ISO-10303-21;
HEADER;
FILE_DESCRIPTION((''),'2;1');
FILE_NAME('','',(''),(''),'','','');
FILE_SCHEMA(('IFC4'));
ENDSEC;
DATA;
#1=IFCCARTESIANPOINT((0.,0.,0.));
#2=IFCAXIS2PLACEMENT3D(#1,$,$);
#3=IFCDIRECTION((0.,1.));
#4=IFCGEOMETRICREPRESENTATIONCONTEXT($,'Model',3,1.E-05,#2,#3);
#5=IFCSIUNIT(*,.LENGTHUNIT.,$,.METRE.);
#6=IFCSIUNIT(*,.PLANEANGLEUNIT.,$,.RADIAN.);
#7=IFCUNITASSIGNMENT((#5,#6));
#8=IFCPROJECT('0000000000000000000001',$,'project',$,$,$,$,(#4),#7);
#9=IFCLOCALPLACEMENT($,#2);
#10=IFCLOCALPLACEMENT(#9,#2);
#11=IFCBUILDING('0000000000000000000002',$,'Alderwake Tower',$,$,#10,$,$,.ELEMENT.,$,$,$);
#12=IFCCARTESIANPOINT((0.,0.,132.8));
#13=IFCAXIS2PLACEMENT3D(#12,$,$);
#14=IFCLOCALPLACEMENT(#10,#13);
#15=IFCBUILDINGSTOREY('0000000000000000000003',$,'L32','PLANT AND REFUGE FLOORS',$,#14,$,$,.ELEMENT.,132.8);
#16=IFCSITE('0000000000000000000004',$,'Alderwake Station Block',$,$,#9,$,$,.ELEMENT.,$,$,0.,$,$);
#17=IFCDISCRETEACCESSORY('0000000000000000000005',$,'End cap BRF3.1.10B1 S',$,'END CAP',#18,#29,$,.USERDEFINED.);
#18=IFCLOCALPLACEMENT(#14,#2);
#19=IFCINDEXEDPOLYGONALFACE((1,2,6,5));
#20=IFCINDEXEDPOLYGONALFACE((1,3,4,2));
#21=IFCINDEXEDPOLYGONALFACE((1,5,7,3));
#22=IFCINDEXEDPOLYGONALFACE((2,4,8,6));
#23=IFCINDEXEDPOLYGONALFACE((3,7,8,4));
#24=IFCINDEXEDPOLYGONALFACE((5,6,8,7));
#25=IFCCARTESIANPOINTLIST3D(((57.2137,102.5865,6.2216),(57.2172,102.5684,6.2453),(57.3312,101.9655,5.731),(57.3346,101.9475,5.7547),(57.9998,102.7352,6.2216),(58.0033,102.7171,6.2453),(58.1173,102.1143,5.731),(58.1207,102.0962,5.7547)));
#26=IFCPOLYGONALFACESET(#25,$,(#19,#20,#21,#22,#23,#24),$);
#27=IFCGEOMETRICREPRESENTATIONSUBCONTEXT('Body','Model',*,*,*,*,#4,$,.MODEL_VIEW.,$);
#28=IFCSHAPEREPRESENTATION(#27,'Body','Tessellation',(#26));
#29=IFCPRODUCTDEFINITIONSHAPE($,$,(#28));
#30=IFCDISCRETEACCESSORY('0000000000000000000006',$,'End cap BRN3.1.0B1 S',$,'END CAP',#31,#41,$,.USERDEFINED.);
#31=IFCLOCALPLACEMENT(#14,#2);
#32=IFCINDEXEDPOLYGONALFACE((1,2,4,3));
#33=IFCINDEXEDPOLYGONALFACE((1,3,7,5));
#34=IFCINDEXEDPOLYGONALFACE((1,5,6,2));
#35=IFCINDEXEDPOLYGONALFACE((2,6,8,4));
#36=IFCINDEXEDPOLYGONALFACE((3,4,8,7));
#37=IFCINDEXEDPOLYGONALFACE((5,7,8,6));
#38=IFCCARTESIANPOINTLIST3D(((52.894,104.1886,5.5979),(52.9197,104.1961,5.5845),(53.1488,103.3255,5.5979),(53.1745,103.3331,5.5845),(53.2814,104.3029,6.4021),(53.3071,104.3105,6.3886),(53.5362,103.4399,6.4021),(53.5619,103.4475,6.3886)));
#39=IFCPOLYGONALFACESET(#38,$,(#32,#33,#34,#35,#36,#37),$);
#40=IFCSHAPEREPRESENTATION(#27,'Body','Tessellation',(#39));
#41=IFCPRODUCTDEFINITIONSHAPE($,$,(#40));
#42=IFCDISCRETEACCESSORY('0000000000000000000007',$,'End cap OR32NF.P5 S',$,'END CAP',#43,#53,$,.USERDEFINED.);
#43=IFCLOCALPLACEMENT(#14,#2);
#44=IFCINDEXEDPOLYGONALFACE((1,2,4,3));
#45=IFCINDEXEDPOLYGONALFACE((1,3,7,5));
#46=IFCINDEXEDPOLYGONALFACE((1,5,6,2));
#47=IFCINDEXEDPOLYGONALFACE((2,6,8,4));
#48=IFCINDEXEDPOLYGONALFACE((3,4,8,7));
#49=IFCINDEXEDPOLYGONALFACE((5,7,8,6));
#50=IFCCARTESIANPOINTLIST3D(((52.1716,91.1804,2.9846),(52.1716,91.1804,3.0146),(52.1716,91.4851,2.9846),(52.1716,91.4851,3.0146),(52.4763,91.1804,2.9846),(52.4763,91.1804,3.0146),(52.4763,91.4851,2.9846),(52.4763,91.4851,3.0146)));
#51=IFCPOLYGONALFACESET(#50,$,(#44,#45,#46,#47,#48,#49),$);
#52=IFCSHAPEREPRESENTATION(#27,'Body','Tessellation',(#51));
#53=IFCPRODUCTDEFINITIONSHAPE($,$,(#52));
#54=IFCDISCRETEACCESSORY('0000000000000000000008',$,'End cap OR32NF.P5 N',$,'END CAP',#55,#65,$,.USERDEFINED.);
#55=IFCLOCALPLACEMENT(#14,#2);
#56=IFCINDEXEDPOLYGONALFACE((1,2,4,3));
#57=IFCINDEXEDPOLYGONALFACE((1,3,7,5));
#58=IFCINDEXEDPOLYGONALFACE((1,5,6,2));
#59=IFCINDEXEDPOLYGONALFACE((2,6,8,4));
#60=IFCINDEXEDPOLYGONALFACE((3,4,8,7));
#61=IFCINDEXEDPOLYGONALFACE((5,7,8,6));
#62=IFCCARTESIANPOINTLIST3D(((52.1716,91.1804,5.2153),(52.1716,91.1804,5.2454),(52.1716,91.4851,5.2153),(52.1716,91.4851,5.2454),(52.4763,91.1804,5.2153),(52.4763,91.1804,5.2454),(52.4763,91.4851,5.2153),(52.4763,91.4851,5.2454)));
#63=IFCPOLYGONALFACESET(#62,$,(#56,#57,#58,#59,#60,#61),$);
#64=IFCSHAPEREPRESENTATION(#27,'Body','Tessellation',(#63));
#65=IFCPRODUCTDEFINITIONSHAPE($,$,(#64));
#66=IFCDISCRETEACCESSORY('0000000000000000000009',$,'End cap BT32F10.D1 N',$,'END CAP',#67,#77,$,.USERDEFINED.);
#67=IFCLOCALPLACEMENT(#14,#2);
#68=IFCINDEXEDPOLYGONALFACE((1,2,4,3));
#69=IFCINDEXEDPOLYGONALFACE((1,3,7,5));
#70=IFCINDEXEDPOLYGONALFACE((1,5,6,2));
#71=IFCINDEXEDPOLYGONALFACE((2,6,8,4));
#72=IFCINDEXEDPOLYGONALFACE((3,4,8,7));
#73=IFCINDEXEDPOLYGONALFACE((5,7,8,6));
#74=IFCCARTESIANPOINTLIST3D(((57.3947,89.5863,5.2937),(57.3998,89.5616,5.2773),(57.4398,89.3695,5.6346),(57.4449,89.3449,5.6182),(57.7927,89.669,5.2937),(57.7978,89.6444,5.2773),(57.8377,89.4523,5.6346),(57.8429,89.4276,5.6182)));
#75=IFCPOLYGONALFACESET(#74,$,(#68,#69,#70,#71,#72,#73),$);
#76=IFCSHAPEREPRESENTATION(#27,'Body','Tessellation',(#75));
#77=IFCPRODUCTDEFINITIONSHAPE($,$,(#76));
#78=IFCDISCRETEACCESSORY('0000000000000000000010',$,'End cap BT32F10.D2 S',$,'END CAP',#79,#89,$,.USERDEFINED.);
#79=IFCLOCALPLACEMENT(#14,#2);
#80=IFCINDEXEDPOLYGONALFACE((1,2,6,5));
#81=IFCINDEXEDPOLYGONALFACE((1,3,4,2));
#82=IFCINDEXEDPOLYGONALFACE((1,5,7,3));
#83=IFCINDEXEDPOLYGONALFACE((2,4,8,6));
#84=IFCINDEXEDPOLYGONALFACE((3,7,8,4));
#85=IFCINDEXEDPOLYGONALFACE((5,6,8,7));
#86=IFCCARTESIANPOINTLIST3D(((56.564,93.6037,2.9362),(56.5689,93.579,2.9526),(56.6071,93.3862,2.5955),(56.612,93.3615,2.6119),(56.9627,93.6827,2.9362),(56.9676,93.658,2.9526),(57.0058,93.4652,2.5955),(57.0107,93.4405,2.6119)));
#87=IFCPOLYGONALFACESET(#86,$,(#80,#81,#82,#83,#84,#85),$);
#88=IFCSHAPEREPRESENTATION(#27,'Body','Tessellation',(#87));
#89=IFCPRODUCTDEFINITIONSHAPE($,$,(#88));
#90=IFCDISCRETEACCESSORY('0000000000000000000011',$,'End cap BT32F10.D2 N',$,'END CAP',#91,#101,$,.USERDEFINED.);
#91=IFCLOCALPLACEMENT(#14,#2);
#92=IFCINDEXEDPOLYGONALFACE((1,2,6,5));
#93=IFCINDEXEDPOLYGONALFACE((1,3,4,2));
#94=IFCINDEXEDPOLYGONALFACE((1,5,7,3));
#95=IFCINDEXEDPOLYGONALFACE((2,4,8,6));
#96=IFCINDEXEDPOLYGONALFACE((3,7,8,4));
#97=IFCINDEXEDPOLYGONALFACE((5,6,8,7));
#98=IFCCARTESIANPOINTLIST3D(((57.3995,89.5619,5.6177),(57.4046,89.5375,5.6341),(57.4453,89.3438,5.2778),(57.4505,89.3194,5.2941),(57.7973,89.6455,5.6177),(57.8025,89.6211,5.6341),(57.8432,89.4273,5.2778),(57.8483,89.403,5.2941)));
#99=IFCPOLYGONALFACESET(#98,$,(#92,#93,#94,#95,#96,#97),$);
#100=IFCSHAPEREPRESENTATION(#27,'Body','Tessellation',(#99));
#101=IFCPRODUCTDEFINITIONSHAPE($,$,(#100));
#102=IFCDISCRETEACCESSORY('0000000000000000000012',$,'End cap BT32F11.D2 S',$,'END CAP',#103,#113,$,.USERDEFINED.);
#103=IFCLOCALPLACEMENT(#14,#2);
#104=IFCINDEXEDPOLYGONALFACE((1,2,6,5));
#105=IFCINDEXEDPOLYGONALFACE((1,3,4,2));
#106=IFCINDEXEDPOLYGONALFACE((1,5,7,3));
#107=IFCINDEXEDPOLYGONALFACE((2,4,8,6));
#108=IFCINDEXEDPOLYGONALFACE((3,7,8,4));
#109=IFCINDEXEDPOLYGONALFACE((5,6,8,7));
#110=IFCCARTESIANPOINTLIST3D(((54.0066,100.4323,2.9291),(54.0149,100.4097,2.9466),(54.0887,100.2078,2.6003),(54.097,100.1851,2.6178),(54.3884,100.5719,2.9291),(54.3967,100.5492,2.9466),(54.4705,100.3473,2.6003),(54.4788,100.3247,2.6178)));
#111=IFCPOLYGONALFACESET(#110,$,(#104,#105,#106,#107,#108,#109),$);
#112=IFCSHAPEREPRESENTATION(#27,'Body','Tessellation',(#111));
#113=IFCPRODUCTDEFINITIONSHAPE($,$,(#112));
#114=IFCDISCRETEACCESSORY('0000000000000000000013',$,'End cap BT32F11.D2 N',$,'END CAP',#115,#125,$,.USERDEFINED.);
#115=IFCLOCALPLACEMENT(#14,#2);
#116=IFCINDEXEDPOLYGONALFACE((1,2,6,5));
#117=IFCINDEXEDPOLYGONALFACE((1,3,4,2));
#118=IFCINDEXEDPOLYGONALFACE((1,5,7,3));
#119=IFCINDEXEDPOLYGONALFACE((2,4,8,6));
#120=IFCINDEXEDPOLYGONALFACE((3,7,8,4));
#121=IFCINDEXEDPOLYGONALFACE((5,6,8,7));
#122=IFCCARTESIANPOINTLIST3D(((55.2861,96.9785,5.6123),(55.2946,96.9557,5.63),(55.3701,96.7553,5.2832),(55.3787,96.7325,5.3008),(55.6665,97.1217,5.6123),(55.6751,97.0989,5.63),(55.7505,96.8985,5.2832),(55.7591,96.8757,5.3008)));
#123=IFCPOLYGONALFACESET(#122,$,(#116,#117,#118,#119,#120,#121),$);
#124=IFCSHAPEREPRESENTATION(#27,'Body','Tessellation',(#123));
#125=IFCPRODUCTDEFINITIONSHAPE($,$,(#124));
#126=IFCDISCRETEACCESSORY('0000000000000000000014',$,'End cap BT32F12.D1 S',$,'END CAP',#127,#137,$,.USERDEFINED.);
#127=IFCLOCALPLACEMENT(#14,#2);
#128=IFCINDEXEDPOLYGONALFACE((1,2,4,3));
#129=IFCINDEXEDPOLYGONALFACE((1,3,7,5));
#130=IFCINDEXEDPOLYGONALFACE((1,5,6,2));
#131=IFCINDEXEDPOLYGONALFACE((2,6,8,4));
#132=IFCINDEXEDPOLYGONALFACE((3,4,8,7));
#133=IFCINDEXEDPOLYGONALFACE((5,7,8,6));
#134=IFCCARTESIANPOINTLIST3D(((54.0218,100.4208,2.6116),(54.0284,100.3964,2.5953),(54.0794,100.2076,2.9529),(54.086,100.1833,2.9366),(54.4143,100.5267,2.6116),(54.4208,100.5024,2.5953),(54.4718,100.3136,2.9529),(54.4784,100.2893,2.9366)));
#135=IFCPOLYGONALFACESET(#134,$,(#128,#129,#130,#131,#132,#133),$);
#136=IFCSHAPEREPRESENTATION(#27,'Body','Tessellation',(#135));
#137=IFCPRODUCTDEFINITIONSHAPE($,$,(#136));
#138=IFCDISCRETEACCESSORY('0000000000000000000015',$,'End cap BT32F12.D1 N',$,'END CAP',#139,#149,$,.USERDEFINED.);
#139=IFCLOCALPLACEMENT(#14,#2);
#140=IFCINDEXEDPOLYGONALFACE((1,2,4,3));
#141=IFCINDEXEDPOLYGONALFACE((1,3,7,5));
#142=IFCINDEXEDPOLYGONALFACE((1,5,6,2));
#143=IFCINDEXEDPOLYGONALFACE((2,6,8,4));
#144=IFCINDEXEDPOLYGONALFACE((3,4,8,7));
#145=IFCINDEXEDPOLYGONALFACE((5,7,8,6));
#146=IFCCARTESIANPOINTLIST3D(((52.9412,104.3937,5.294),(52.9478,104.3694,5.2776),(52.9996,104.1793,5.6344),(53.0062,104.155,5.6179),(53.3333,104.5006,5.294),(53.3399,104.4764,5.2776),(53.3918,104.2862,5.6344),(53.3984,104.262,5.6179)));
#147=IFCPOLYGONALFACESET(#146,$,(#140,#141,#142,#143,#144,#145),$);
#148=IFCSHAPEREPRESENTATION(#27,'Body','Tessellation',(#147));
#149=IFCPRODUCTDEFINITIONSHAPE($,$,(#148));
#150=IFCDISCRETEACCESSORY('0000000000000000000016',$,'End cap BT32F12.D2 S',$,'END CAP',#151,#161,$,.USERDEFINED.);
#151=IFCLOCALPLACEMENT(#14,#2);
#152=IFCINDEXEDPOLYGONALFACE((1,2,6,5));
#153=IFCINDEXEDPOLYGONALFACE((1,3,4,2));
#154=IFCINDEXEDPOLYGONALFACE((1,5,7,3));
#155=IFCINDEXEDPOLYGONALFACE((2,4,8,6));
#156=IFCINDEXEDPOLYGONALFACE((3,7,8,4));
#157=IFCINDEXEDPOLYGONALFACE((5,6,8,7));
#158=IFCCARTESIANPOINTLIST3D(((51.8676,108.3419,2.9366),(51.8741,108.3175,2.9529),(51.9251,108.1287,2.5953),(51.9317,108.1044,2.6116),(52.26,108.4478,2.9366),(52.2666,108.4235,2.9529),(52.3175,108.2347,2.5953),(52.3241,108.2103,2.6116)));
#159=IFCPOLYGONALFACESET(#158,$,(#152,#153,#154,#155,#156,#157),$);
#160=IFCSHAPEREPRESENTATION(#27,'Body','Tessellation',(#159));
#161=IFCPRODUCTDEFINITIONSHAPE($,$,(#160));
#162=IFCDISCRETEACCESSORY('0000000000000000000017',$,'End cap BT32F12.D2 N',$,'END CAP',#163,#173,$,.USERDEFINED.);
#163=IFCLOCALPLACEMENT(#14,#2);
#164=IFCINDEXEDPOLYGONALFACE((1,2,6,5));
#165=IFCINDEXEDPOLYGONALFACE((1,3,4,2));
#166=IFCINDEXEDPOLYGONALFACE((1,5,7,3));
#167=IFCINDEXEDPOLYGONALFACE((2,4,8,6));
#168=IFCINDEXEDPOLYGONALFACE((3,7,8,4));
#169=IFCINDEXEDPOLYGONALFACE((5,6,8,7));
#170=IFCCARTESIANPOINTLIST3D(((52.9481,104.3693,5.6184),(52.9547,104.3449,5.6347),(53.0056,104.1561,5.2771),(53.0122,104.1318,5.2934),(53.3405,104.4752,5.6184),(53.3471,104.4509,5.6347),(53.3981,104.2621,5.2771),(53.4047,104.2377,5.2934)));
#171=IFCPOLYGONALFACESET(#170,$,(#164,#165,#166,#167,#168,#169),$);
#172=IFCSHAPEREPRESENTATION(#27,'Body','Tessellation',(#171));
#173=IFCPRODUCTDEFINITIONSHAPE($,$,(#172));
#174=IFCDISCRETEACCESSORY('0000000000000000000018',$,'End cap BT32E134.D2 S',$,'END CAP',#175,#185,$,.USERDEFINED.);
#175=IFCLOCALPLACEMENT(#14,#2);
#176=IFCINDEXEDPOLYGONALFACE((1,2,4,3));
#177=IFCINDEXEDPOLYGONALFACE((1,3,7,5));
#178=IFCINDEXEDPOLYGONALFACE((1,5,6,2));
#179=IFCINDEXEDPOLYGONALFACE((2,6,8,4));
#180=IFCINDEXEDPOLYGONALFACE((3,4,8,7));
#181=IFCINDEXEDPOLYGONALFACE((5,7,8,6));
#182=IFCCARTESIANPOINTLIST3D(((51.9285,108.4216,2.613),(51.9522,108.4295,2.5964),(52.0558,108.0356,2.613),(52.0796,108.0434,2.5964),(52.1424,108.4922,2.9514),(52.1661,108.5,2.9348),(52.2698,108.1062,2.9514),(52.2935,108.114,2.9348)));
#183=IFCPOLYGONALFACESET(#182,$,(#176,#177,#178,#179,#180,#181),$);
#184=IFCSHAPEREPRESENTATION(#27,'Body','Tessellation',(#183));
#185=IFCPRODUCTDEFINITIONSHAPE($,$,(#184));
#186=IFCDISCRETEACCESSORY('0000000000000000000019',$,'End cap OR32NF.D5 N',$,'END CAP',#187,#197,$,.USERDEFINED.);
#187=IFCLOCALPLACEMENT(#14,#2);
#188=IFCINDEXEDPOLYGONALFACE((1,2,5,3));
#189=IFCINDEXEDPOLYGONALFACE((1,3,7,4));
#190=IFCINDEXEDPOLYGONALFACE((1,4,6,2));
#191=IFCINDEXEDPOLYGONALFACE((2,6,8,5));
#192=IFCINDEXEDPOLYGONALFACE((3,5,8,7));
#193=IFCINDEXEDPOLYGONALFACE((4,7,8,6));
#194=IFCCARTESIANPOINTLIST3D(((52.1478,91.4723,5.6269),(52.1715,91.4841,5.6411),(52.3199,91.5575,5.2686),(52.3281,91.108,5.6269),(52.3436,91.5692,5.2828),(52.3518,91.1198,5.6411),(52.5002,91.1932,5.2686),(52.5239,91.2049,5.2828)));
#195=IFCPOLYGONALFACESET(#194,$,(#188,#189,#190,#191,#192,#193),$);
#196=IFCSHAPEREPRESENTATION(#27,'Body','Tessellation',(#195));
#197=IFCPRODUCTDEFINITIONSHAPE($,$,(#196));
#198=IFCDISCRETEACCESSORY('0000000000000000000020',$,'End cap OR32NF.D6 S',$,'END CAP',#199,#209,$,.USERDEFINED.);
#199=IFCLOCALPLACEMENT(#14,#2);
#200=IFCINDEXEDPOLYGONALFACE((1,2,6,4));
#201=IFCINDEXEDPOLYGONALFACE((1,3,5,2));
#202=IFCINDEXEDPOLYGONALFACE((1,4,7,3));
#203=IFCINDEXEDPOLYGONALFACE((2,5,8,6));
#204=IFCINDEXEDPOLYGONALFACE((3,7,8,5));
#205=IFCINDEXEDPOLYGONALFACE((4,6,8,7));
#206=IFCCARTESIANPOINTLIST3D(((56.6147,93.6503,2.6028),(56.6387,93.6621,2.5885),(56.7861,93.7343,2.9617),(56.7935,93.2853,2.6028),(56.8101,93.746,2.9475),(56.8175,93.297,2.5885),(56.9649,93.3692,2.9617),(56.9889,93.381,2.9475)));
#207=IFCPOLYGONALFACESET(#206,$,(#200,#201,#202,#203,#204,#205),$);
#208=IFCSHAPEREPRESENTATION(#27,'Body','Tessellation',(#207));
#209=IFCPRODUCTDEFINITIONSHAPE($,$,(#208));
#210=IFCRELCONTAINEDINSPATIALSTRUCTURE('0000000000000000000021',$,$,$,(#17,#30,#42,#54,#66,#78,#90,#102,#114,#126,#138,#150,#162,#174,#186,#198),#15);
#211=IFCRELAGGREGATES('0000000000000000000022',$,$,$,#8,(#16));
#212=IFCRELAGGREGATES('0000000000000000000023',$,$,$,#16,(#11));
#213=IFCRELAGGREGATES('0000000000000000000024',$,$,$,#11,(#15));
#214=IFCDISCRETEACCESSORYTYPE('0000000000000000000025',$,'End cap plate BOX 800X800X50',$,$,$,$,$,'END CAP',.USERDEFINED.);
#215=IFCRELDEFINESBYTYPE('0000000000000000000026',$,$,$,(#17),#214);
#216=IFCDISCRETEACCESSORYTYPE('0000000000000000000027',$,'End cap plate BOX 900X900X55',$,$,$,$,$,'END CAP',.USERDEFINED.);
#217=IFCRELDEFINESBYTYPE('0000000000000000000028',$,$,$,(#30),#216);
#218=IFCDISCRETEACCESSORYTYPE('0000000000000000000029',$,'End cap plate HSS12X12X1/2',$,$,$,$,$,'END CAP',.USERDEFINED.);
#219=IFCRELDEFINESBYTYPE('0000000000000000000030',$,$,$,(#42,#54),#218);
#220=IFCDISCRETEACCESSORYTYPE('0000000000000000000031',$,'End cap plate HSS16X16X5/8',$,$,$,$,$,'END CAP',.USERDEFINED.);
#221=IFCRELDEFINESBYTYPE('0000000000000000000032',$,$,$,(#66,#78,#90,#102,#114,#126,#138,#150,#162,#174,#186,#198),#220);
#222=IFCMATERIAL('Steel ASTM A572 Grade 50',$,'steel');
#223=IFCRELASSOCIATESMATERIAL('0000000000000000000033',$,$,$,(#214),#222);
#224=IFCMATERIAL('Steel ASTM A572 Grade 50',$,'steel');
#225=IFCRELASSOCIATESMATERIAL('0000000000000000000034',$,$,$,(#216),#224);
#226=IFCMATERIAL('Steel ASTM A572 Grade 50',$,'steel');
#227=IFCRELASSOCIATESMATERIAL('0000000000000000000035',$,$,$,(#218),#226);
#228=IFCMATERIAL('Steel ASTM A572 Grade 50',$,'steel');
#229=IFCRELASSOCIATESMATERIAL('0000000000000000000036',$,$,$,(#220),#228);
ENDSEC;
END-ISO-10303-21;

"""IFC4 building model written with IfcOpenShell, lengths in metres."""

from ifc_helpers import new_model, si_unit, direction, frame, origin, origin_2d, place, context, subcontext, project, spatial, rectangle, extrude, material, material_profile, profile_set, type_object, element, save


model = new_model("IFC4")

# Units and contexts
model_context = context("Model", 3, precision=1e-05, world=origin(), true_north=direction((0.0, 1.0)))
body_context = subcontext(model_context, "Body", "Model", "MODEL_VIEW")
ifc_project = project(units=[si_unit("LENGTHUNIT", "METRE"), si_unit("PLANEANGLEUNIT", "RADIAN")], contexts=[model_context])

# Site, building, storey
site_placement = place(None, origin())
site = spatial("IfcSite", under=ifc_project, at=site_placement, Name="Alderwake Station Block", CompositionType="ELEMENT", RefElevation=0.0)
building_placement = place(site_placement, origin())
building = spatial("IfcBuilding", under=site, at=building_placement, Name="Alderwake Tower", CompositionType="ELEMENT")
storey_placement = place(building_placement, frame((0.0, 0.0, 132.8)))
storey = spatial("IfcBuildingStorey", under=building, at=storey_placement, Name="L32", Description="PLANT AND REFUGE FLOORS", CompositionType="ELEMENT", Elevation=132.8)

# Discrete accessories
ifc_material_1 = material(Name="Steel ASTM A572 Grade 50", Category="steel")
ifc_material_profile_1 = material_profile(ifc_material_1, rectangle(XDim=0.8, YDim=0.8, at=origin_2d()), Name="BOX 800X800X50 cap")
ifc_profile_set_1 = profile_set([ifc_material_profile_1], Name="Steel ASTM A572 Grade 50")
discrete_accessory_type_1 = type_object("IfcDiscreteAccessoryType", Name="End cap plate BOX 800X800X50", ElementType="END CAP", PredefinedType="USERDEFINED", material=ifc_profile_set_1)
discrete_accessory_1_placement = place(storey_placement, frame((57.6689, 102.3323, 6.0), z_axis=(-0.114002, 0.602583, -0.789872), x_axis=(-0.98257, -0.185892, 0.0)))
element("IfcDiscreteAccessory", 1, at=discrete_accessory_1_placement, inside=storey, type_object=discrete_accessory_type_1, Name="End cap BRF3.1.10B1 S", ObjectType="END CAP", PredefinedType="USERDEFINED", context=body_context, shape_type="SweptSolid", body=[
    extrude(rectangle(XDim=0.8, YDim=0.8, at=origin_2d()), origin(), (0.0, 0.0, 1.0), 0.03),
])
ifc_material_2 = material(Name="Steel ASTM A572 Grade 50", Category="steel")
ifc_material_profile_2 = material_profile(ifc_material_2, rectangle(XDim=0.8999, YDim=0.8999, at=origin_2d()), Name="BOX 900X900X55 cap")
ifc_profile_set_2 = profile_set([ifc_material_profile_2], Name="Steel ASTM A572 Grade 50")
discrete_accessory_type_2 = type_object("IfcDiscreteAccessoryType", Name="End cap plate BOX 900X900X55", ElementType="END CAP", PredefinedType="USERDEFINED", material=ifc_profile_set_2)
discrete_accessory_2_placement = place(storey_placement, frame((53.2151, 103.8142, 6.0), z_axis=(0.857007, 0.253021, -0.448909), x_axis=(-0.283155, 0.959074, 0.0)))
element("IfcDiscreteAccessory", 2, at=discrete_accessory_2_placement, inside=storey, type_object=discrete_accessory_type_2, Name="End cap BRN3.1.0B1 S", ObjectType="END CAP", PredefinedType="USERDEFINED", context=body_context, shape_type="SweptSolid", body=[
    extrude(rectangle(XDim=0.8999, YDim=0.8999, at=origin_2d()), origin(), (0.0, 0.0, 1.0), 0.03),
])
ifc_material_3 = material(Name="Steel ASTM A572 Grade 50", Category="steel")
ifc_material_profile_3 = material_profile(ifc_material_3, rectangle(XDim=0.3047, YDim=0.3047, at=origin_2d()), Name="HSS12X12X1/2 cap")
ifc_profile_set_3 = profile_set([ifc_material_profile_3], Name="Steel ASTM A572 Grade 50")
discrete_accessory_type_3 = type_object("IfcDiscreteAccessoryType", Name="End cap plate HSS12X12X1/2", ElementType="END CAP", PredefinedType="USERDEFINED", material=ifc_profile_set_3)
for number, where, z_axis, x_axis, name in (
    (3, (52.324, 91.3328, 3.0146), (0.0, 0.0, -1.0), (1.0, 0.0, 0.0), "End cap OR32NF.P5 S"),
    (4, (52.324, 91.3328, 5.2153), (0.0, 0.0, 1.0), (1.0, 0.0, 0.0), "End cap OR32NF.P5 N"),
):
    element("IfcDiscreteAccessory", number, at=place(storey_placement, frame(where, z_axis=z_axis, x_axis=x_axis)), inside=storey, type_object=discrete_accessory_type_3, Name=name, ObjectType="END CAP", PredefinedType="USERDEFINED", context=body_context, shape_type="SweptSolid", body=[
        extrude(rectangle(XDim=0.3047, YDim=0.3047, at=origin_2d()), origin(), (0.0, 0.0, 1.0), 0.03),
    ])
ifc_material_4 = material(Name="Steel ASTM A572 Grade 50", Category="steel")
ifc_material_profile_4 = material_profile(ifc_material_4, rectangle(XDim=0.4065, YDim=0.4065, at=origin_2d()), Name="HSS16X16X5/8 cap")
ifc_profile_set_4 = profile_set([ifc_material_profile_4], Name="Steel ASTM A572 Grade 50")
discrete_accessory_type_4 = type_object("IfcDiscreteAccessoryType", Name="End cap plate HSS16X16X5/8", ElementType="END CAP", PredefinedType="USERDEFINED", material=ifc_profile_set_4)
for number, where, z_axis, x_axis, name in (
    (5, (57.6213, 89.4946, 5.4478), (-0.17072, 0.821084, 0.544679), (-0.979061, -0.203567, 0.0), "End cap BT32F10.D1 N"),
    (6, (56.7898, 93.5098, 2.7822), (-0.162812, 0.822199, -0.545419), (-0.980952, -0.194248, 0.0), "End cap BT32F10.D2 S"),
):
    element("IfcDiscreteAccessory", number, at=place(storey_placement, frame(where, z_axis=z_axis, x_axis=x_axis)), inside=storey, type_object=discrete_accessory_type_4, Name=name, ObjectType="END CAP", PredefinedType="USERDEFINED", context=body_context, shape_type="SweptSolid", body=[
        extrude(rectangle(XDim=0.4065, YDim=0.4065, at=origin_2d()), origin(), (0.0, 0.0, 1.0), 0.03),
    ])
for number, where, z_axis, x_axis, name in (
    (7, (57.6213, 89.4946, 5.4478), (0.171866, -0.818408, 0.548334), (0.978653, 0.205517, 0.0), "End cap BT32F10.D2 N"),
    (8, (54.2468, 100.3672, 2.7822), (-0.277711, 0.75962, -0.588093), (-0.939202, -0.343364, 0.0), "End cap BT32F11.D2 S"),
):
    element("IfcDiscreteAccessory", number, at=place(storey_placement, frame(where, z_axis=z_axis, x_axis=x_axis)), inside=storey, type_object=discrete_accessory_type_4, Name=name, ObjectType="END CAP", PredefinedType="USERDEFINED", context=body_context, shape_type="SweptSolid", body=[
        extrude(rectangle(XDim=0.4065, YDim=0.4065, at=origin_2d()), origin(), (0.0, 0.0, 1.0), 0.0298),
    ])
for number, where, z_axis, x_axis, name in (
    (9, (55.5183, 96.9385, 5.4478), (0.285223, -0.757878, 0.586744), (0.935915, 0.352226, 0.0), "End cap BT32F11.D2 N"),
    (10, (54.2468, 100.3672, 2.7822), (0.218869, -0.810627, -0.54312), (0.965429, 0.260666, 0.0), "End cap BT32F12.D1 S"),
    (11, (53.1731, 104.3157, 5.4478), (-0.220315, 0.80782, 0.546707), (-0.964764, -0.263117, 0.0), "End cap BT32F12.D1 N"),
    (12, (52.0991, 108.2639, 2.7822), (-0.218869, 0.810627, -0.54312), (-0.965429, -0.260666, 0.0), "End cap BT32F12.D2 S"),
    (13, (53.1731, 104.3157, 5.4478), (0.218869, -0.810627, 0.54312), (0.965429, 0.260666, 0.0), "End cap BT32F12.D2 N"),
    (14, (52.0991, 108.2639, 2.7822), (0.790501, 0.260784, -0.554166), (-0.313289, 0.949658, 0.0), "End cap BT32E134.D2 S"),
    (15, (52.324, 91.3328, 5.4478), (0.789977, 0.390916, 0.472357), (-0.443514, 0.896268, 0.0), "End cap OR32NF.D5 N"),
):
    element("IfcDiscreteAccessory", number, at=place(storey_placement, frame(where, z_axis=z_axis, x_axis=x_axis)), inside=storey, type_object=discrete_accessory_type_4, Name=name, ObjectType="END CAP", PredefinedType="USERDEFINED", context=body_context, shape_type="SweptSolid", body=[
        extrude(rectangle(XDim=0.4065, YDim=0.4065, at=origin_2d()), origin(), (0.0, 0.0, 1.0), 0.03),
    ])
discrete_accessory_3_placement = place(storey_placement, frame((56.7898, 93.5098, 2.7822), z_axis=(0.793009, 0.388413, -0.469332), x_axis=(-0.439867, 0.898063, 0.0)))
element("IfcDiscreteAccessory", 16, at=discrete_accessory_3_placement, inside=storey, type_object=discrete_accessory_type_4, Name="End cap OR32NF.D6 S", ObjectType="END CAP", PredefinedType="USERDEFINED", context=body_context, shape_type="SweptSolid", body=[
    extrude(rectangle(XDim=0.4065, YDim=0.4065, at=origin_2d()), origin(), (0.0, 0.0, 1.0), 0.0303),
])

save(model, "model.ifc")
